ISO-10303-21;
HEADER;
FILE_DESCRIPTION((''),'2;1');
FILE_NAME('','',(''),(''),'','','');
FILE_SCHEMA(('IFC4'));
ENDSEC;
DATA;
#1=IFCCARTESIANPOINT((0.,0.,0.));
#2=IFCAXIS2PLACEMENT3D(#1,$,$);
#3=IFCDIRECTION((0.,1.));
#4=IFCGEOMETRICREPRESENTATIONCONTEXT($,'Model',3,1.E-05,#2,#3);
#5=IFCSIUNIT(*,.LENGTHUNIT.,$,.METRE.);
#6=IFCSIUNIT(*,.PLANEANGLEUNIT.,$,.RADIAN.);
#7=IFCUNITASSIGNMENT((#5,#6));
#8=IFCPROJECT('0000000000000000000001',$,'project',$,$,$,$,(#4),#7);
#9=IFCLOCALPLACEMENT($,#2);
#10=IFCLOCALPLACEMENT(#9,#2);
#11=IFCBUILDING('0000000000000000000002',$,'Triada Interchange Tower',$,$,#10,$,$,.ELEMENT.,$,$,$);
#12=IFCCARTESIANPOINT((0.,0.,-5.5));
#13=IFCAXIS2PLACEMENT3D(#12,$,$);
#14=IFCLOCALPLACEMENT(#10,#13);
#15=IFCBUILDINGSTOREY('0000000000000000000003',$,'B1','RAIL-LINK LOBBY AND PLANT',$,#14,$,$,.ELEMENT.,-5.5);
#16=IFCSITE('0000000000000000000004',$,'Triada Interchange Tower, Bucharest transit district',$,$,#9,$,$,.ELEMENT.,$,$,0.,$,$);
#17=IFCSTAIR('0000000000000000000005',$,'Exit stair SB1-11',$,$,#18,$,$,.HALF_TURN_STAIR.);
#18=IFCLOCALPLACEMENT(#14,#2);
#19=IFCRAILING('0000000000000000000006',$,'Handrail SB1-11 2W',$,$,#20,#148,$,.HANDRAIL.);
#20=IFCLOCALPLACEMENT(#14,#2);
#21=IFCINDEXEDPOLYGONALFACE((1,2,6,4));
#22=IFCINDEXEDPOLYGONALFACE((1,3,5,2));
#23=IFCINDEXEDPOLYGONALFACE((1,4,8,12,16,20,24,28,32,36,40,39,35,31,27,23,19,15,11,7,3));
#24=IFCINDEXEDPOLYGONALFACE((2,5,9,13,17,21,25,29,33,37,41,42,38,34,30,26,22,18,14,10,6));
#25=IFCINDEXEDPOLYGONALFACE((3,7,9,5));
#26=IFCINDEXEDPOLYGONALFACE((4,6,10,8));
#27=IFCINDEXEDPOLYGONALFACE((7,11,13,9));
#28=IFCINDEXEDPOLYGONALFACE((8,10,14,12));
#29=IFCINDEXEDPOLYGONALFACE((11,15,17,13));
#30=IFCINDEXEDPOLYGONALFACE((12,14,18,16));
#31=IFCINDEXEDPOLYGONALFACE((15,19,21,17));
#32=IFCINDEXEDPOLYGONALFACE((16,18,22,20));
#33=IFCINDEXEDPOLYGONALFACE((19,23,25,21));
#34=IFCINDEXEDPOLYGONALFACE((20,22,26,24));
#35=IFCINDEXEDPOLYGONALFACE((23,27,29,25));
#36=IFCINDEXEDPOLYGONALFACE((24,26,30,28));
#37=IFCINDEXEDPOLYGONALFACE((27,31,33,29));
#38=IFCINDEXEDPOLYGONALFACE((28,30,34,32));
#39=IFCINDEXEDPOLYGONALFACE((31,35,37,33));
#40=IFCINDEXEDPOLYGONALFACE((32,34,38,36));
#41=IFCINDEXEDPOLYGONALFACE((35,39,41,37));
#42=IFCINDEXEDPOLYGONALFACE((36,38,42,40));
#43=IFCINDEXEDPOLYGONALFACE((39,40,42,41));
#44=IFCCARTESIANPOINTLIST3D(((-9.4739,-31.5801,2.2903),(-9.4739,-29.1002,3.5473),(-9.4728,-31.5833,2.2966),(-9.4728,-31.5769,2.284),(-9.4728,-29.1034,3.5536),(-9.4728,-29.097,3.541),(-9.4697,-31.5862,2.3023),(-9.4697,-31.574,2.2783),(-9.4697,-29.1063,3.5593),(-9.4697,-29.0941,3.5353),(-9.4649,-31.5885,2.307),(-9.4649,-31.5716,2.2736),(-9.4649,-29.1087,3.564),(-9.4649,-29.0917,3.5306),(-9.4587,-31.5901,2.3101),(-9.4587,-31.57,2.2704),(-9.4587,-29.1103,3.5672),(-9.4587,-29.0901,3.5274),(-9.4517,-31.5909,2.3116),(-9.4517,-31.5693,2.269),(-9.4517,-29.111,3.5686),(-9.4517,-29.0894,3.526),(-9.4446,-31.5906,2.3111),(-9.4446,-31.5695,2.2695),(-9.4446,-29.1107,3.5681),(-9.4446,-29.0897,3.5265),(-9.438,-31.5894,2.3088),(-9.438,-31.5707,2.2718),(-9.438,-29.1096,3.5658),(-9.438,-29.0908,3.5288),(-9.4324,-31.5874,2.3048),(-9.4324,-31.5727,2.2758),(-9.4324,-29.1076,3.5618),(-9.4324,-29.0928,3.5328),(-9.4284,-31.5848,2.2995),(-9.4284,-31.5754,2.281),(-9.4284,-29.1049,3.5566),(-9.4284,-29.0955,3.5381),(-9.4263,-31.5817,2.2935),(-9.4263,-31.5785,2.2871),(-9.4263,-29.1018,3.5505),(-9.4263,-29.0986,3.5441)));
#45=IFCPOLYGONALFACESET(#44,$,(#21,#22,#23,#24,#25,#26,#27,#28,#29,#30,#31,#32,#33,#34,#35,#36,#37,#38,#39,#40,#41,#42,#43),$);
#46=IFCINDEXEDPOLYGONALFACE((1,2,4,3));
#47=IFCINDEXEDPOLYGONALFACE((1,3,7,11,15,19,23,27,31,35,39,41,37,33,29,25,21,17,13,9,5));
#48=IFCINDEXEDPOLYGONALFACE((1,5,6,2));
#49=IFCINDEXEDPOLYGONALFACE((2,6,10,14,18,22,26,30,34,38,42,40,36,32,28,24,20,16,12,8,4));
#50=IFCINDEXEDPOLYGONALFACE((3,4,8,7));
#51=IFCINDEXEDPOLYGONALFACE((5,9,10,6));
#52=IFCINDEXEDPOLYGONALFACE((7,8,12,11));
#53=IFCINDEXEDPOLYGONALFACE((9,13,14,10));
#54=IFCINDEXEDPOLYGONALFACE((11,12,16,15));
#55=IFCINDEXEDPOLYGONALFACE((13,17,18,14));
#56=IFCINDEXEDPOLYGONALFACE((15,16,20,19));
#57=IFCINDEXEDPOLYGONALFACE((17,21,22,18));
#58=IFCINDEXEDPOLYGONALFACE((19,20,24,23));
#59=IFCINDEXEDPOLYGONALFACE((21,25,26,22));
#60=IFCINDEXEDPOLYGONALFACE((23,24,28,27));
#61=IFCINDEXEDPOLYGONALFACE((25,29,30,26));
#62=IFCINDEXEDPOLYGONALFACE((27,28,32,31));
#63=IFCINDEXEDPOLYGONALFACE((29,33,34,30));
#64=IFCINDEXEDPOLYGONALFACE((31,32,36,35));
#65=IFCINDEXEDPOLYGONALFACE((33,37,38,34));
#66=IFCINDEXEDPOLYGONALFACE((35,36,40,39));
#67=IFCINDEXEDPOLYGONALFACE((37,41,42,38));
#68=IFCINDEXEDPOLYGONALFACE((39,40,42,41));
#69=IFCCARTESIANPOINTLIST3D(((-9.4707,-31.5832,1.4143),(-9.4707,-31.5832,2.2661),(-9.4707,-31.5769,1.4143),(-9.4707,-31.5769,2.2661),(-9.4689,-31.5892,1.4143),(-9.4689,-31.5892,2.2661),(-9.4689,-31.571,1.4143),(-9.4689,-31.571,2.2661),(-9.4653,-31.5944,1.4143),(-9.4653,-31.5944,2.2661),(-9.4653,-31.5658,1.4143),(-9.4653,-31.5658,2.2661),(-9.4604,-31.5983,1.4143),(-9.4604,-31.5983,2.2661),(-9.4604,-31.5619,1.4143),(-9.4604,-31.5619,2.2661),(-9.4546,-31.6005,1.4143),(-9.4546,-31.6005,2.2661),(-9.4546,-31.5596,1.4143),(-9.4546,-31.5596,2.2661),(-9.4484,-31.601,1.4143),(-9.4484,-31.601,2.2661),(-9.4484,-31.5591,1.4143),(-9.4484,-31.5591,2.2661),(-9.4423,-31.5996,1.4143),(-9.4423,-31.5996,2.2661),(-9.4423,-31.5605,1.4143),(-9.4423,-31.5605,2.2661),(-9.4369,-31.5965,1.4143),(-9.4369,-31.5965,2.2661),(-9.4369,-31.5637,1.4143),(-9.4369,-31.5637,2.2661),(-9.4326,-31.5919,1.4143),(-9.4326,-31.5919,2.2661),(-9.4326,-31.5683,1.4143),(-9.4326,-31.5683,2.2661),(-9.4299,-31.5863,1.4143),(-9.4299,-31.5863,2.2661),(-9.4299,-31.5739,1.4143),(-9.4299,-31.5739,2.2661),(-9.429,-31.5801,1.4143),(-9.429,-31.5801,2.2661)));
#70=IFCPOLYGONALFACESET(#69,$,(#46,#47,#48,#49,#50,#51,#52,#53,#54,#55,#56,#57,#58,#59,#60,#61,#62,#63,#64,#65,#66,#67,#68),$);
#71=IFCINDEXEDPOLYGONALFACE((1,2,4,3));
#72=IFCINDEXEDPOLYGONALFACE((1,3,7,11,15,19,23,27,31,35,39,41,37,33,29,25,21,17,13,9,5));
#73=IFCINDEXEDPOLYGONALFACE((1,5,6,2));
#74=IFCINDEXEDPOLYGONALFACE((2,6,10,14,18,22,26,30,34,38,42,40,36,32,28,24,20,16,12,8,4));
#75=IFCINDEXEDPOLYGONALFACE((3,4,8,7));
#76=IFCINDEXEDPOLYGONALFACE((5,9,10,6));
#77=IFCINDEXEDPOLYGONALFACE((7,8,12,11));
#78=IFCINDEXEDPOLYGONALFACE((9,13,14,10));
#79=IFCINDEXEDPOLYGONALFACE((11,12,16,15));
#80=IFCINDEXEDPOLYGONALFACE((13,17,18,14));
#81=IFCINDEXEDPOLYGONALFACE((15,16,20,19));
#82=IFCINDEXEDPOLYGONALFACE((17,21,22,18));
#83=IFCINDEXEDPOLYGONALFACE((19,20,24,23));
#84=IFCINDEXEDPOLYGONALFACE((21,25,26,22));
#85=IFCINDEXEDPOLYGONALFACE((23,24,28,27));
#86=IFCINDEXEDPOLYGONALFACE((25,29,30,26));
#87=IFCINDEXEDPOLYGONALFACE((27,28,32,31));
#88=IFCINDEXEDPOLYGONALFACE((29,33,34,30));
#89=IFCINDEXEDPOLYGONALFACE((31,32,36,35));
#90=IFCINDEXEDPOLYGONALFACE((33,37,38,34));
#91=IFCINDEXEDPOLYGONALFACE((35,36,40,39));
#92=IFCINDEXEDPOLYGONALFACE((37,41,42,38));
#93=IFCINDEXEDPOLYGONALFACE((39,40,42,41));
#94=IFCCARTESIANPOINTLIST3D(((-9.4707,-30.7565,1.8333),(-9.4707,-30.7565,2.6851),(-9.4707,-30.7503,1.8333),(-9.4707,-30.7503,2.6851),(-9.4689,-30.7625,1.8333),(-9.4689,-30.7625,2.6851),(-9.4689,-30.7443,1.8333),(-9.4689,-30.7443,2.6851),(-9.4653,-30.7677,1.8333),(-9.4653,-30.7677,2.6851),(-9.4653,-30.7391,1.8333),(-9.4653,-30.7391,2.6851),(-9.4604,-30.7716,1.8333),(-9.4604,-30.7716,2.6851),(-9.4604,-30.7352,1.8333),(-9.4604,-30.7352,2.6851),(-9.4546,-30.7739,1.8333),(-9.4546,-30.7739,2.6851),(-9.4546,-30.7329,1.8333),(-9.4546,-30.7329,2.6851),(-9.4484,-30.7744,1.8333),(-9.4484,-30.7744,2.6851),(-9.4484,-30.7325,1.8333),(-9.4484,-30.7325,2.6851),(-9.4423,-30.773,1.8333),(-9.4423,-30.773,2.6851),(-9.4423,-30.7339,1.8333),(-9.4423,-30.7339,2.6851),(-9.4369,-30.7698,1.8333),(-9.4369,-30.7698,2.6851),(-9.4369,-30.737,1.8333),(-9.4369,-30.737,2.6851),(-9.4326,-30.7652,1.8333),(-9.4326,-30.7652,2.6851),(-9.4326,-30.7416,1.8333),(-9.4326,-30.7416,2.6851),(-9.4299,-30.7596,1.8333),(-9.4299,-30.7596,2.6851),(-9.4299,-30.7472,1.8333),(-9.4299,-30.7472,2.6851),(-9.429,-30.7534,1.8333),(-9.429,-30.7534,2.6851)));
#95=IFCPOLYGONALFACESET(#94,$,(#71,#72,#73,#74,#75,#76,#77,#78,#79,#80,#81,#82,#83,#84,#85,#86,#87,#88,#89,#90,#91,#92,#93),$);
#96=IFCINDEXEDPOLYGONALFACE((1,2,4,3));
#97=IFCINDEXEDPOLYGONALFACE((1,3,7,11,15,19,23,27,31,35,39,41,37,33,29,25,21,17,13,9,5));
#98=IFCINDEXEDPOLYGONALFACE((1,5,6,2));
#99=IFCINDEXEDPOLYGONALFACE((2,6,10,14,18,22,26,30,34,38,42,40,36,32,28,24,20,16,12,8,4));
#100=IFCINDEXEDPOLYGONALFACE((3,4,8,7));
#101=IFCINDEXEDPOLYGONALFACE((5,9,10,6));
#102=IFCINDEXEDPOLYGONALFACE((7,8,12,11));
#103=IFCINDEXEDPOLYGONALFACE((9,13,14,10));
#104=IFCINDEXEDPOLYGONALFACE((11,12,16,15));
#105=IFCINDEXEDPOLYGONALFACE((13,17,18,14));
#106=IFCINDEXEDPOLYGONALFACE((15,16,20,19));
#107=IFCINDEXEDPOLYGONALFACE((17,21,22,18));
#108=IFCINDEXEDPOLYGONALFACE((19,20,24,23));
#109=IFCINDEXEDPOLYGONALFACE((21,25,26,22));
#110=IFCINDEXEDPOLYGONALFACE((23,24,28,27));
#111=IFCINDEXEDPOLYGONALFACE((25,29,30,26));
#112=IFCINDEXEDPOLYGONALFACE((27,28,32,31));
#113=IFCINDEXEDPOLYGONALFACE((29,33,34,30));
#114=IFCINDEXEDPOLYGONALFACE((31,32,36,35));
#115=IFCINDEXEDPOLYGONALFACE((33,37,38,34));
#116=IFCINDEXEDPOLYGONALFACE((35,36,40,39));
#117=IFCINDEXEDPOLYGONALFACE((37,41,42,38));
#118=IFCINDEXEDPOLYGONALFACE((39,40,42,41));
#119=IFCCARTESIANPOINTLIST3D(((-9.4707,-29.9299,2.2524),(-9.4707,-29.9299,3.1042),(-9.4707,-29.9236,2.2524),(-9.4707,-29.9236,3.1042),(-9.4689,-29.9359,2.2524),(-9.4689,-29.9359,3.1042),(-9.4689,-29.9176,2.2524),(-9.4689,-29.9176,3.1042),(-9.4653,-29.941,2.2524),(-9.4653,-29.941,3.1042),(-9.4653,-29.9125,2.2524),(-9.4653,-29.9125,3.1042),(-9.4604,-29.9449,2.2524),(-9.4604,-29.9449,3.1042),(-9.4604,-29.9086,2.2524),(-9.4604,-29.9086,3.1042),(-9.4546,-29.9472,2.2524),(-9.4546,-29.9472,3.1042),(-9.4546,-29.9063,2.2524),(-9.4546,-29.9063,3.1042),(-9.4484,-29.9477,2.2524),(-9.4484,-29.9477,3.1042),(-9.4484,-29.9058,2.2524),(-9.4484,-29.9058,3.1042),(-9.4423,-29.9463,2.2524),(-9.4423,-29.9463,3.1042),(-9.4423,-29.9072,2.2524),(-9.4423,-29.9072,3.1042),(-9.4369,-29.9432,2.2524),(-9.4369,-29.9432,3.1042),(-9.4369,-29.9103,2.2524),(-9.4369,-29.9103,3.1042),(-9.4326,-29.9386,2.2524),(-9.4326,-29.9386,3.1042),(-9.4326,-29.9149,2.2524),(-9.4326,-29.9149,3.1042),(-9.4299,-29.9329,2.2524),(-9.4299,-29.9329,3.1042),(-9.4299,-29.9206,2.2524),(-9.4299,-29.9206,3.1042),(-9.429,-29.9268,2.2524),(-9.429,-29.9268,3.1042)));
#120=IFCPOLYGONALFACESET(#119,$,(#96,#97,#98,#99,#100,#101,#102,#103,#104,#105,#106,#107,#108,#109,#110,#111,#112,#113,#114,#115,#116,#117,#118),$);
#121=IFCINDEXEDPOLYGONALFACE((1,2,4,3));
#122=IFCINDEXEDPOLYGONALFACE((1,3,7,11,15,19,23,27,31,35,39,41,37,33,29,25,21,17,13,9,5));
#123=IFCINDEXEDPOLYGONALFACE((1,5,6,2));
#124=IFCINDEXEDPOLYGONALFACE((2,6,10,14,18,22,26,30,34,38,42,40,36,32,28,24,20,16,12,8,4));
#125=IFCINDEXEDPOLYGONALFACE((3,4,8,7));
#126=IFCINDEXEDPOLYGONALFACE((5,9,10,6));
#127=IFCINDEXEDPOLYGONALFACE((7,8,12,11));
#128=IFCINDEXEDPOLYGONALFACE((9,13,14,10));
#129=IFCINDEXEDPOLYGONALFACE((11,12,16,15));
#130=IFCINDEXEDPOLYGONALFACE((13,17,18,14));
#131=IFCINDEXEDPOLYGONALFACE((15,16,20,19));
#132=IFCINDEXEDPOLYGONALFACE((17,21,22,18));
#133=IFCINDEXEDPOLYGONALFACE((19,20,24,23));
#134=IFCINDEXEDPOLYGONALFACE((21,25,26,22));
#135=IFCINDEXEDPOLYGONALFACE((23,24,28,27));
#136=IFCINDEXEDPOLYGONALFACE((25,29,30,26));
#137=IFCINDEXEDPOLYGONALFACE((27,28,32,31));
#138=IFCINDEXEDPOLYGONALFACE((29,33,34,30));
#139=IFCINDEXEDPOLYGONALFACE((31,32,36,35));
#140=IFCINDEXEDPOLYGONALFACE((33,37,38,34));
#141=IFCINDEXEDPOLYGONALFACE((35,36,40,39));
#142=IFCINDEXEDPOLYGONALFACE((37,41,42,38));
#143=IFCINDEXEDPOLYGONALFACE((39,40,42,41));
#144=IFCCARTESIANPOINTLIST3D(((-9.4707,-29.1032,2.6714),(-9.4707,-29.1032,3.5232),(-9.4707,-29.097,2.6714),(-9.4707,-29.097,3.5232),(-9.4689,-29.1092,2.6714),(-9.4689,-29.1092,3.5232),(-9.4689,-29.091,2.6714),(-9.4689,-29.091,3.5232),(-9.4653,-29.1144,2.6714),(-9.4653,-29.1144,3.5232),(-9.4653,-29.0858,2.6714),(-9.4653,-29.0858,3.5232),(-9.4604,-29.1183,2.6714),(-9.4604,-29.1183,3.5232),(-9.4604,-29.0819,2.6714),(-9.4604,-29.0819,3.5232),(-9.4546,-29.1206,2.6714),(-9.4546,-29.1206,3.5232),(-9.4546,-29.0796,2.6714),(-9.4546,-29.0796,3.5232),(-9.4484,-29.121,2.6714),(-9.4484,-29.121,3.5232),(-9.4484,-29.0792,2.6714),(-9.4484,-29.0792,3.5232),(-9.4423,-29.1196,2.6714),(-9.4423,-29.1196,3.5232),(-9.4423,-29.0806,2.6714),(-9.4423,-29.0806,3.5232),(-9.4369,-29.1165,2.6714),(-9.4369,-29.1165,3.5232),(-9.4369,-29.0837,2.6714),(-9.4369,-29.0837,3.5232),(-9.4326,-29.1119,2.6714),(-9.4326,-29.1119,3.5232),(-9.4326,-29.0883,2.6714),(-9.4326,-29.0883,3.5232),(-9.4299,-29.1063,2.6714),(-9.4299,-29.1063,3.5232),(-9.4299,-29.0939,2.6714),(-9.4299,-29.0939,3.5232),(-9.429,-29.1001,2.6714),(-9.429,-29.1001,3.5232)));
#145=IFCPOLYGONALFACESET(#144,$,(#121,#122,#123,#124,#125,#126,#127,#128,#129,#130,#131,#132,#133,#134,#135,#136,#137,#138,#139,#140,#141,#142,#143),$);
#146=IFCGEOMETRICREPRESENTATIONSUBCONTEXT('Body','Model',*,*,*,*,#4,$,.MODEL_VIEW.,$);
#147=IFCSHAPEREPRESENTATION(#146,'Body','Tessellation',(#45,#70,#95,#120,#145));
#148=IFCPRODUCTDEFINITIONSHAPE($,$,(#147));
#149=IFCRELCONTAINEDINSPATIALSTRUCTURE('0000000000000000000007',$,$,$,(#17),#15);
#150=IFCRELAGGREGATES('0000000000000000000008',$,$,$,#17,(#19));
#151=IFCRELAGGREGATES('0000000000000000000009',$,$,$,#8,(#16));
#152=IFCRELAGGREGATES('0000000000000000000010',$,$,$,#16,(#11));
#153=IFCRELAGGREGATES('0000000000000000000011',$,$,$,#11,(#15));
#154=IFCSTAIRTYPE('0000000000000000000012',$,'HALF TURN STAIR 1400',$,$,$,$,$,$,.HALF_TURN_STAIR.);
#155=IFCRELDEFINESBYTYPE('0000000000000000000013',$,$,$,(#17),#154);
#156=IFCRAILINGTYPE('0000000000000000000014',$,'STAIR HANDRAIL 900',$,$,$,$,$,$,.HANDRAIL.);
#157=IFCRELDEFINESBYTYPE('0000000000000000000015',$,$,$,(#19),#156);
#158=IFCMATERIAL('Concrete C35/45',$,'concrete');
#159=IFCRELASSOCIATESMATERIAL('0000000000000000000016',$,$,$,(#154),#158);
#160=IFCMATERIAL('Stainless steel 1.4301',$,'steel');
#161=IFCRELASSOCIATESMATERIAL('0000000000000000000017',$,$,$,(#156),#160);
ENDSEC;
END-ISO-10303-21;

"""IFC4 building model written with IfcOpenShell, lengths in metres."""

from ifc_helpers import new_model, si_unit, direction, frame, origin, origin_2d, place, context, subcontext, project, spatial, circle, extrude, material, type_object, element, aggregate, save


model = new_model("IFC4")

# Units and contexts
model_context = context("Model", 3, precision=1e-05, world=origin(), true_north=direction((0.0, 1.0)))
body_context = subcontext(model_context, "Body", "Model", "MODEL_VIEW")
ifc_project = project(units=[si_unit("LENGTHUNIT", "METRE"), si_unit("PLANEANGLEUNIT", "RADIAN")], contexts=[model_context])

# Site, building, storey
site_placement = place(None, origin())
site = spatial("IfcSite", under=ifc_project, at=site_placement, Name="Triada Interchange Tower, Bucharest transit district", CompositionType="ELEMENT", RefElevation=0.0)
building_placement = place(site_placement, origin())
building = spatial("IfcBuilding", under=site, at=building_placement, Name="Triada Interchange Tower", CompositionType="ELEMENT")
storey_placement = place(building_placement, frame((0.0, 0.0, -5.5)))
storey = spatial("IfcBuildingStorey", under=building, at=storey_placement, Name="B1", Description="RAIL-LINK LOBBY AND PLANT", CompositionType="ELEMENT", Elevation=-5.5)

# Shared definitions
ifc_material_1 = material(Name="Concrete C35/45", Category="concrete")

# Shared definitions
stair_type = type_object("IfcStairType", Name="HALF TURN STAIR 1400", PredefinedType="HALF_TURN_STAIR", material=ifc_material_1)
ifc_material_2 = material(Name="Stainless steel 1.4301", Category="steel")
railing_type_1 = type_object("IfcRailingType", Name="STAIR HANDRAIL 900", PredefinedType="HANDRAIL", material=ifc_material_2)

# Stair, railing
stair_1_placement = place(storey_placement, origin())
stair_1 = element("IfcStair", 1, at=stair_1_placement, inside=storey, type_object=stair_type, Name="Exit stair SB1-11", PredefinedType="HALF_TURN_STAIR")
railing_1_placement = place(storey_placement, frame((-9.45, -31.5801, 1.4143)))
railing_1 = element("IfcRailing", 2, at=railing_1_placement, type_object=railing_type_1, Name="Handrail SB1-11 2W", PredefinedType="HANDRAIL", context=body_context, shape_type="SweptSolid", body=[
    extrude(circle(Radius=0.0239, at=origin_2d()), frame((0.0, 0.0, 0.876), z_axis=(0.0, 0.891955, 0.452124), x_axis=(-1.0, 0.0, 0.0)), (0.0, 0.0, 1.0), 2.7803),
    extrude(circle(Radius=0.021, at=origin_2d()), origin(), (0.0, 0.0, 1.0), 0.8518),
    extrude(circle(Radius=0.021, at=origin_2d()), frame((0.0, 0.8267, 0.4189)), (0.0, 0.0, 1.0), 0.8518),
    extrude(circle(Radius=0.021, at=origin_2d()), frame((0.0, 1.6533, 0.8381)), (0.0, 0.0, 1.0), 0.8518),
    extrude(circle(Radius=0.021, at=origin_2d()), frame((0.0, 2.48, 1.2571)), (0.0, 0.0, 1.0), 0.8518),
])
aggregate(stair_1, [railing_1])

save(model, "model.ifc")
